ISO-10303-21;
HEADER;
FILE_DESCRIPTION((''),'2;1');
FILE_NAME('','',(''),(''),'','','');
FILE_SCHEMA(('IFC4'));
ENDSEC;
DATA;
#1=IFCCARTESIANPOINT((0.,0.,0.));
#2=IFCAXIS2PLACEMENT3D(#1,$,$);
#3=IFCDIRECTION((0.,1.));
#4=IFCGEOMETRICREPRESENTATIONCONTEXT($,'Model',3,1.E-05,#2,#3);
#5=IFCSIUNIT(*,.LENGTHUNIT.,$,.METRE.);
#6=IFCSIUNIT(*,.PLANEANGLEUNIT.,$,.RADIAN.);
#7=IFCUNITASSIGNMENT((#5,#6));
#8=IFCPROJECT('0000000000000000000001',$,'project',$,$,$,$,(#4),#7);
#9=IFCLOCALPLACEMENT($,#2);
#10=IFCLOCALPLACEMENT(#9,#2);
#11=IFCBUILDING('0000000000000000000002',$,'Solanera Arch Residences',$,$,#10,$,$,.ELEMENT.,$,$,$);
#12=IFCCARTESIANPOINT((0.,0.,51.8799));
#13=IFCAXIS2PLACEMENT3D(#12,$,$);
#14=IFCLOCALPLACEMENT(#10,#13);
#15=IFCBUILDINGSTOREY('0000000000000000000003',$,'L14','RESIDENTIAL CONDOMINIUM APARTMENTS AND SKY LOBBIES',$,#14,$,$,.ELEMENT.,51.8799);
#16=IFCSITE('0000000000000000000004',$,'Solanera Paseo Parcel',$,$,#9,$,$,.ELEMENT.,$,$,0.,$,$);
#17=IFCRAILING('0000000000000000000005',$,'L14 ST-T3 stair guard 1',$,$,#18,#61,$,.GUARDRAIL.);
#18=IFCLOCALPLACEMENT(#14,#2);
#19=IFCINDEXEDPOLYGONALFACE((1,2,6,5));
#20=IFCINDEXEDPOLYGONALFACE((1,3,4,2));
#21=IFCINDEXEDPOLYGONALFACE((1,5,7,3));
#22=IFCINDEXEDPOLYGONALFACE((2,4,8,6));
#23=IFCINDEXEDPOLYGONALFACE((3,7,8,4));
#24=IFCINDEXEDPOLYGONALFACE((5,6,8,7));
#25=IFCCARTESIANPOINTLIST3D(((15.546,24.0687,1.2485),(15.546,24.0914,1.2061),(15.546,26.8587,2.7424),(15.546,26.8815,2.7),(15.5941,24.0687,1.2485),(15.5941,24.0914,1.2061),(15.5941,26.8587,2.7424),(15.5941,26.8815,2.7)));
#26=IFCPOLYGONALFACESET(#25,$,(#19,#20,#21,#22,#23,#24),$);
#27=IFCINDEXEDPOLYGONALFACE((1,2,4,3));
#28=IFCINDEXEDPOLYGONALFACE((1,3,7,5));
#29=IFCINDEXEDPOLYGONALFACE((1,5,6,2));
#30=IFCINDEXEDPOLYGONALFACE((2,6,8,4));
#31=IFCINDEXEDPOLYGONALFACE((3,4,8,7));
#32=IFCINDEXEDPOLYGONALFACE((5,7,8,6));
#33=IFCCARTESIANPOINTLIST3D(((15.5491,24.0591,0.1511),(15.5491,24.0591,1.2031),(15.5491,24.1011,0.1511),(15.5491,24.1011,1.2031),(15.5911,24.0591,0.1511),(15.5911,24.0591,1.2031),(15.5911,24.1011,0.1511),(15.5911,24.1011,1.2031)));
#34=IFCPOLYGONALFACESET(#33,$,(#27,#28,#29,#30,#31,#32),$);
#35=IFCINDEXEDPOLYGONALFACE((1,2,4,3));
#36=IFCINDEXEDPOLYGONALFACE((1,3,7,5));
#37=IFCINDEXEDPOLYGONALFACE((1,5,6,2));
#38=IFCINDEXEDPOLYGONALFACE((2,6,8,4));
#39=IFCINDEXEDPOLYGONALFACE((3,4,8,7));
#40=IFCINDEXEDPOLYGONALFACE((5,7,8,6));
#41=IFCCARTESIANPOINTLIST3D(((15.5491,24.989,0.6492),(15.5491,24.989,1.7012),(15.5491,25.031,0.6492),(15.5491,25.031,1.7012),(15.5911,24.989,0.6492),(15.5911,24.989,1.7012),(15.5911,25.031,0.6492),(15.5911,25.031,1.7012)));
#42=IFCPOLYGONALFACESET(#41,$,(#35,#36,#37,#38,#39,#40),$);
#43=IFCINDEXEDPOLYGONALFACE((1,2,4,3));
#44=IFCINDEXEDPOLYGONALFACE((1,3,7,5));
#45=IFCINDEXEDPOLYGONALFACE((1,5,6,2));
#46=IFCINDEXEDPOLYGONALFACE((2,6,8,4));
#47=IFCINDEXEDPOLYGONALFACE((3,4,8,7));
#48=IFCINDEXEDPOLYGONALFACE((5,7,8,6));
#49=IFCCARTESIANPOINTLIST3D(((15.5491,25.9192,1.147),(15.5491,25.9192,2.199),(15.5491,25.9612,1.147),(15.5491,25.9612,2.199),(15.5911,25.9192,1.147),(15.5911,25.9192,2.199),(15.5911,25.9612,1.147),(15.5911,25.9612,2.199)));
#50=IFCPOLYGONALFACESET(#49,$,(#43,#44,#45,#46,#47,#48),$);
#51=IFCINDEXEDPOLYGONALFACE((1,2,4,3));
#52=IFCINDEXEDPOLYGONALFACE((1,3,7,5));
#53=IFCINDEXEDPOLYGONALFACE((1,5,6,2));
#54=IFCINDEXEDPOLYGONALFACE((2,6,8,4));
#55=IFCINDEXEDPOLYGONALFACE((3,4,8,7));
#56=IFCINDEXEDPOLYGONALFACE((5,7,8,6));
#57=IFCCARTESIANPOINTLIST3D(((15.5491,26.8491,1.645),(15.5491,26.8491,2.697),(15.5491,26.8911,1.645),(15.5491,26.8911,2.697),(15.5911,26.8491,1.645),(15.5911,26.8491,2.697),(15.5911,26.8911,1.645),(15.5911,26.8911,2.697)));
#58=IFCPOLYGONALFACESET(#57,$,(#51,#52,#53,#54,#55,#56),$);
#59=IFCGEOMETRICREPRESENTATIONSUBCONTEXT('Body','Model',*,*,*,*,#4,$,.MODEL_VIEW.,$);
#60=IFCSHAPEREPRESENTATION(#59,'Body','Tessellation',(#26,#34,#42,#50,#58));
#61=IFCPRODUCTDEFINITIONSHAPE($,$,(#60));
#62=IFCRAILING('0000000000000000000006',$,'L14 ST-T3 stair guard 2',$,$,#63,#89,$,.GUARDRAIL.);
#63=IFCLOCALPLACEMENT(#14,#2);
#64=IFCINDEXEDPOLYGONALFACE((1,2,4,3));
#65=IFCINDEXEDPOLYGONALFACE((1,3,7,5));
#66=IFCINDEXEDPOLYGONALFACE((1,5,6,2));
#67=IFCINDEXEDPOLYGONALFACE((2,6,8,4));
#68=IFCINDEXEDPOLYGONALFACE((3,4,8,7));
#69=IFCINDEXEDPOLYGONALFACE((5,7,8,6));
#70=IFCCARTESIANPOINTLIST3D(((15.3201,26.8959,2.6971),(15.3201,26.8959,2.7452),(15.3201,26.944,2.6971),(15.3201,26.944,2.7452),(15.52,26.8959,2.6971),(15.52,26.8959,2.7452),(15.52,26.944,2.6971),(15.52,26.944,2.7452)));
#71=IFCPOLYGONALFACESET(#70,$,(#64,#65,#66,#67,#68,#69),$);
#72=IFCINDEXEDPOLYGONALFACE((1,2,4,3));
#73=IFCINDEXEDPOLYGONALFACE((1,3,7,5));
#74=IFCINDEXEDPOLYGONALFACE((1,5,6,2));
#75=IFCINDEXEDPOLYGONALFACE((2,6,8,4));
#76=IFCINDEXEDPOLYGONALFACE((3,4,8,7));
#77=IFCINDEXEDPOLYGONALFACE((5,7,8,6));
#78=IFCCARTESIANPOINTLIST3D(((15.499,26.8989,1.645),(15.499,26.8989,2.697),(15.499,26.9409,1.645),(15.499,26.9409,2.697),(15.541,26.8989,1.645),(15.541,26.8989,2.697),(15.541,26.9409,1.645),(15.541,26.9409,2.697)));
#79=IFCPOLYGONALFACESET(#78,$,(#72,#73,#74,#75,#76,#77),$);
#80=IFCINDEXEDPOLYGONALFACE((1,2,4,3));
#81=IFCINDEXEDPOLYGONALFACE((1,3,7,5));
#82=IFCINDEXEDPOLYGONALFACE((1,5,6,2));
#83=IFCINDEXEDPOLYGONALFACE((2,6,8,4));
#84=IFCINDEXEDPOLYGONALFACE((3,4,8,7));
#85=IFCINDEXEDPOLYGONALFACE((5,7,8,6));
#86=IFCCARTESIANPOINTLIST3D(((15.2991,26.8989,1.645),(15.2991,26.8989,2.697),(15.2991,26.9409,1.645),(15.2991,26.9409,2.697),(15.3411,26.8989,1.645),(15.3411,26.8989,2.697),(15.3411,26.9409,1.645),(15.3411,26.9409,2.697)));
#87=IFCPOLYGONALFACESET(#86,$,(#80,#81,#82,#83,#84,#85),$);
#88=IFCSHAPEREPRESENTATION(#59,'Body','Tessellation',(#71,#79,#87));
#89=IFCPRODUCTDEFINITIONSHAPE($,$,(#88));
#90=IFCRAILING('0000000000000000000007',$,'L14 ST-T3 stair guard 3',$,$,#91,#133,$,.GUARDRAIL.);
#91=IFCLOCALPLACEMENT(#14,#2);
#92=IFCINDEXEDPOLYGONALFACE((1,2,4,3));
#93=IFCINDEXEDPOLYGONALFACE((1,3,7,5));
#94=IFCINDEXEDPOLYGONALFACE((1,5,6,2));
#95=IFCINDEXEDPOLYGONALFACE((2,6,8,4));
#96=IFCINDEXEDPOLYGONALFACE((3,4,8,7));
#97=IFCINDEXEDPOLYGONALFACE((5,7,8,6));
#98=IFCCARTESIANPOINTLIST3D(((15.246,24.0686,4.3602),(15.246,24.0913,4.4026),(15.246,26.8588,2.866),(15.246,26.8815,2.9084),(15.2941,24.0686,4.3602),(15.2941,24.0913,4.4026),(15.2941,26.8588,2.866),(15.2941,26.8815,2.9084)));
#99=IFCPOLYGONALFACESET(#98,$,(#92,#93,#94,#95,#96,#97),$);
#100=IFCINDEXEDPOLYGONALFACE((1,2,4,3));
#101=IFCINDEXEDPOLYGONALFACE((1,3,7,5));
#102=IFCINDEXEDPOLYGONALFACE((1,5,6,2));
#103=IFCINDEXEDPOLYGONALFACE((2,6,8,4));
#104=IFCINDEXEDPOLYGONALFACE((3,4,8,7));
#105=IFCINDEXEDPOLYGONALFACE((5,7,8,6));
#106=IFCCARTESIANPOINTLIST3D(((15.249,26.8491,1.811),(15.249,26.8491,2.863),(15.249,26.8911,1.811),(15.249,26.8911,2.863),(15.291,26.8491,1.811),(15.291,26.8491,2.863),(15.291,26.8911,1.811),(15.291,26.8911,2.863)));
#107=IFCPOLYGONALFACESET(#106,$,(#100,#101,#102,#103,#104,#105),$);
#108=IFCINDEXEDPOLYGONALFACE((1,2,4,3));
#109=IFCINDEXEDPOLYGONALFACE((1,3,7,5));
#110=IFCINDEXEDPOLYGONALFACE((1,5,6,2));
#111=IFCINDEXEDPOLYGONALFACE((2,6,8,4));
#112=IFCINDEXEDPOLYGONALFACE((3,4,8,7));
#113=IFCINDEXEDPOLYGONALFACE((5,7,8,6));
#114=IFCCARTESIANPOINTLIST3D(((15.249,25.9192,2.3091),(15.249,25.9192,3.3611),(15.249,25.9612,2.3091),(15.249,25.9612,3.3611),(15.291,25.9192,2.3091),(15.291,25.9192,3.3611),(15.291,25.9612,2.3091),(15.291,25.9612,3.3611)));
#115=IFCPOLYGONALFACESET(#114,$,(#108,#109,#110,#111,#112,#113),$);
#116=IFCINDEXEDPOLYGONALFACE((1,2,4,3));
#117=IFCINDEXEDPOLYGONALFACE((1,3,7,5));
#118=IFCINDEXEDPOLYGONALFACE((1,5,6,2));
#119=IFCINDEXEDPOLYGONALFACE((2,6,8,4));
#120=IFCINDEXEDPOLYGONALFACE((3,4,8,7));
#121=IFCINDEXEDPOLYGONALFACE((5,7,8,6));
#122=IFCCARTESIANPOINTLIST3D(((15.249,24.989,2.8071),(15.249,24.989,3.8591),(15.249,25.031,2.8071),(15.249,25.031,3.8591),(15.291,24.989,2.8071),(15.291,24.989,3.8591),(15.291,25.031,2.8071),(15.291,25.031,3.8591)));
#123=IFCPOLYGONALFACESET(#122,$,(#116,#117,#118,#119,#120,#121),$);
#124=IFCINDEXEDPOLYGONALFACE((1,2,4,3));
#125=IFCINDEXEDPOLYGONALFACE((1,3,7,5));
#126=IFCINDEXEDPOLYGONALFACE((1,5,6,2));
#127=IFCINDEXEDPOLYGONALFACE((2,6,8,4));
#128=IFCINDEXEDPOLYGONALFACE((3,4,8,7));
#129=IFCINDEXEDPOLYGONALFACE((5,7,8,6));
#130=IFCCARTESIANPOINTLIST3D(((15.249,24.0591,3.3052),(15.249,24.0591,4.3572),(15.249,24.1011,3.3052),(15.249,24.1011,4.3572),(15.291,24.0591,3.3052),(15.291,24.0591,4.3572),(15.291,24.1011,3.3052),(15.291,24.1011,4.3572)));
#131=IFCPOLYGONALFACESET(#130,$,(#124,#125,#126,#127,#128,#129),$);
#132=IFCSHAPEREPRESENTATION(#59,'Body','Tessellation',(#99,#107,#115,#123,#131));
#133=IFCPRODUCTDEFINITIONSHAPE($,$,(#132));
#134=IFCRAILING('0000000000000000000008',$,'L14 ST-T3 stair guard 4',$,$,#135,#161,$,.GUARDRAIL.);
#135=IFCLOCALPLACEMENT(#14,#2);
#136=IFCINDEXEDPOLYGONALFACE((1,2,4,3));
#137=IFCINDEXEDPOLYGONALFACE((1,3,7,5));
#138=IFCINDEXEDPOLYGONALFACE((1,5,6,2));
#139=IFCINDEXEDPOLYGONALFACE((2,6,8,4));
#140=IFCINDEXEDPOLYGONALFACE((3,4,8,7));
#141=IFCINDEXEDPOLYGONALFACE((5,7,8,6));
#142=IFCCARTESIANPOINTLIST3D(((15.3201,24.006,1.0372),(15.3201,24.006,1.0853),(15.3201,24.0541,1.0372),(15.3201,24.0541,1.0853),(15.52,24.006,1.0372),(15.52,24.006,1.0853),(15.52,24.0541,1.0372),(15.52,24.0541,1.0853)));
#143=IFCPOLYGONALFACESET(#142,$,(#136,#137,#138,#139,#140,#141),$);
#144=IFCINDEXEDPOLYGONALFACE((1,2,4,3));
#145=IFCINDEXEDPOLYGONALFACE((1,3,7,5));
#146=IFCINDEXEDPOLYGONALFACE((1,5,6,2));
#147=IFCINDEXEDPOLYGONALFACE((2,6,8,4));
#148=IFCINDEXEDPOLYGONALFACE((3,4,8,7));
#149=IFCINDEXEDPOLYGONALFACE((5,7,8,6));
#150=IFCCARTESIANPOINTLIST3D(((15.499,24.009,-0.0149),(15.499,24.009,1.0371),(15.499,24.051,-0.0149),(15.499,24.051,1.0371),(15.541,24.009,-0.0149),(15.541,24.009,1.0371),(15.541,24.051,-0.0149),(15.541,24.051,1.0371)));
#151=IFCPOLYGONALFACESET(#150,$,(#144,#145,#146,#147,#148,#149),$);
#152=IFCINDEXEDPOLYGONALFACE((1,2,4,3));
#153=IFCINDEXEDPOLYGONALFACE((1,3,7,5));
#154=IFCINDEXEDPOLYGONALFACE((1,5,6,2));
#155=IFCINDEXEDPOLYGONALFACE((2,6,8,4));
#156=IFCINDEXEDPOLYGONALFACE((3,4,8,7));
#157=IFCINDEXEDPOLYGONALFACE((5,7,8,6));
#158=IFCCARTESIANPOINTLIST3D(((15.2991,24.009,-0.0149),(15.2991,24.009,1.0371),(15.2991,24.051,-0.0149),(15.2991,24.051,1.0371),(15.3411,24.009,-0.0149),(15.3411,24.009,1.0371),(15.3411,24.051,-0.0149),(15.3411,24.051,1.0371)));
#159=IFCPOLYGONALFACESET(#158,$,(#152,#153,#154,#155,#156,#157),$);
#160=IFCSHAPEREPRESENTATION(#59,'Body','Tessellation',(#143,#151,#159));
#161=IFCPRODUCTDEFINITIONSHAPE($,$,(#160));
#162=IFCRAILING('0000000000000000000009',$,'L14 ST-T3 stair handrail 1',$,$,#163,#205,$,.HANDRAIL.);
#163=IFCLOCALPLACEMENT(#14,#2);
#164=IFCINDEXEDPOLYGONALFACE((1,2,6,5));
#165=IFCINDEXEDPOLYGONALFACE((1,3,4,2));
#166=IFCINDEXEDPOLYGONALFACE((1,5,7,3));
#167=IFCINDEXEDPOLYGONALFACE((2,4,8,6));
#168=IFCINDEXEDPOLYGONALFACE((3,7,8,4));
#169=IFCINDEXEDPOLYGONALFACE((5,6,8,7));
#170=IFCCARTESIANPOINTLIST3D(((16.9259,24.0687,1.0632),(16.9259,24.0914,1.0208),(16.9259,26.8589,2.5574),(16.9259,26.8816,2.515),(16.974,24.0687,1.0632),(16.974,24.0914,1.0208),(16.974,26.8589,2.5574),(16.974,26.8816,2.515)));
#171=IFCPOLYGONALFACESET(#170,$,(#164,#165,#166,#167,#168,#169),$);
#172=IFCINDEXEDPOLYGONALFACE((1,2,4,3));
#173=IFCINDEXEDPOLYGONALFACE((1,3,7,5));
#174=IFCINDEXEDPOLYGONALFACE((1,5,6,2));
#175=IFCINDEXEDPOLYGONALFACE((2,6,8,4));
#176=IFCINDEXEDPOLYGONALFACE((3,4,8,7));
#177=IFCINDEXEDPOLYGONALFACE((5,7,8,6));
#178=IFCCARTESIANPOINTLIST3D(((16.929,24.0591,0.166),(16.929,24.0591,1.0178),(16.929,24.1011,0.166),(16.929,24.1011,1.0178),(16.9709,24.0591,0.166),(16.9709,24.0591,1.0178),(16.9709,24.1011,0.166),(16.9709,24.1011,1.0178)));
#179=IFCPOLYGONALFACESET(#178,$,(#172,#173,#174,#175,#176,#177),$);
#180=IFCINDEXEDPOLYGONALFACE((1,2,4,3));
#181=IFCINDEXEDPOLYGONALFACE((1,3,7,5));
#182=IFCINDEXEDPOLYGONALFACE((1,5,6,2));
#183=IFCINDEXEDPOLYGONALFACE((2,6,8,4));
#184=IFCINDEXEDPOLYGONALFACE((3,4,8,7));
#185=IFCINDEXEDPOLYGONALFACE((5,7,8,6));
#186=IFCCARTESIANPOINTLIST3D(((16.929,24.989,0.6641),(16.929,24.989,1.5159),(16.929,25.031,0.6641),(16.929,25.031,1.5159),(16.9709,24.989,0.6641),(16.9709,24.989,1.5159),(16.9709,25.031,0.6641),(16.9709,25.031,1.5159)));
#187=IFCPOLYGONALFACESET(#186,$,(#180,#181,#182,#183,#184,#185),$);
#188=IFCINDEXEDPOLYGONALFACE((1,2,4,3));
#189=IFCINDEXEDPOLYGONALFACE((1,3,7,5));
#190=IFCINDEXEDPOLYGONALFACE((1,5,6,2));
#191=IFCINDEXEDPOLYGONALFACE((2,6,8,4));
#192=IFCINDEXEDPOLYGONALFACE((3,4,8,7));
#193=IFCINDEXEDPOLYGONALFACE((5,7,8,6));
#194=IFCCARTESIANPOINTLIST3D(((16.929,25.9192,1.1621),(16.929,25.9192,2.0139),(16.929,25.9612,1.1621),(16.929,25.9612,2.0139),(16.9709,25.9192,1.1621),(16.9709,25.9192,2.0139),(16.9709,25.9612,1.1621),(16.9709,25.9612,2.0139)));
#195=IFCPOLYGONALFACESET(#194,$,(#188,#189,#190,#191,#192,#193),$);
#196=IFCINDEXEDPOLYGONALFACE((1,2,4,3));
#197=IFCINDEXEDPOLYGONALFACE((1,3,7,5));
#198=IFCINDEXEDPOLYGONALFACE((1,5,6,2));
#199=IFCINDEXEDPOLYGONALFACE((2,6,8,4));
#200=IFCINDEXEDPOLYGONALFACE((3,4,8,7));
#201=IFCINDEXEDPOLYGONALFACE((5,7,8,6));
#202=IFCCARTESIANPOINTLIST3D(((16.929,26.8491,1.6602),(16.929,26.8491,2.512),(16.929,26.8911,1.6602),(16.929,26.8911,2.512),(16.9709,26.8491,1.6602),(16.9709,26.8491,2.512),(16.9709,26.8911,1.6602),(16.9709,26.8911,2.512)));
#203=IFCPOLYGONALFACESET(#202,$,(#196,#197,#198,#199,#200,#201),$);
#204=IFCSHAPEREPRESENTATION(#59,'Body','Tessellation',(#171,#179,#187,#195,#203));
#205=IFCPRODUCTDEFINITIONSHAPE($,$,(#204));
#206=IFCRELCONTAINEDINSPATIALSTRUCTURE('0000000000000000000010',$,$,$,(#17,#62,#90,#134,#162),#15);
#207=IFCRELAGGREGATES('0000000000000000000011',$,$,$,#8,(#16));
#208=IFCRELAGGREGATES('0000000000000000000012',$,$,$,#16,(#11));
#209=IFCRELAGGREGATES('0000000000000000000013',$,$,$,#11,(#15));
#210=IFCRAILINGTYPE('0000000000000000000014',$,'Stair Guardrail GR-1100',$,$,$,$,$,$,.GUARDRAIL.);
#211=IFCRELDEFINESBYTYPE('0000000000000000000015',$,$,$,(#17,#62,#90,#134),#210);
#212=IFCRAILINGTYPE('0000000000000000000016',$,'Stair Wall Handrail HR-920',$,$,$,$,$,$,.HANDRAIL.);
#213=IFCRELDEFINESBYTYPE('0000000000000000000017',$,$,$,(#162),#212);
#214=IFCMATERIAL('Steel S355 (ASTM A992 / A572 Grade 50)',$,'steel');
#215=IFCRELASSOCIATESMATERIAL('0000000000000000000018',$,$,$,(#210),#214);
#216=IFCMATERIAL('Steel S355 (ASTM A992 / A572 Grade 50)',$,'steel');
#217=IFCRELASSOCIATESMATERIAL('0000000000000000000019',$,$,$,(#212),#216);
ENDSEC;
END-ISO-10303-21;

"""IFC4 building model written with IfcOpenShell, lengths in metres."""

from ifc_helpers import new_model, si_unit, direction, frame, origin, origin_2d, place, context, subcontext, project, spatial, rectangle, extrude, material, type_object, element, save


model = new_model("IFC4")

# Units and contexts
model_context = context("Model", 3, precision=1e-05, world=origin(), true_north=direction((0.0, 1.0)))
body_context = subcontext(model_context, "Body", "Model", "MODEL_VIEW")
ifc_project = project(units=[si_unit("LENGTHUNIT", "METRE"), si_unit("PLANEANGLEUNIT", "RADIAN")], contexts=[model_context])

# Site, building, storey
site_placement = place(None, origin())
site = spatial("IfcSite", under=ifc_project, at=site_placement, Name="Solanera Paseo Parcel", CompositionType="ELEMENT", RefElevation=0.0)
building_placement = place(site_placement, origin())
building = spatial("IfcBuilding", under=site, at=building_placement, Name="Solanera Arch Residences", CompositionType="ELEMENT")
storey_placement = place(building_placement, frame((0.0, 0.0, 51.8799)))
storey = spatial("IfcBuildingStorey", under=building, at=storey_placement, Name="L14", Description="RESIDENTIAL CONDOMINIUM APARTMENTS AND SKY LOBBIES", CompositionType="ELEMENT", Elevation=51.8799)

# Railings
ifc_material_1 = material(Name="Steel S355 (ASTM A992 / A572 Grade 50)", Category="steel")
railing_type_1 = type_object("IfcRailingType", Name="Stair Guardrail GR-1100", PredefinedType="GUARDRAIL", material=ifc_material_1)
railing_1_placement = place(storey_placement, frame((15.5701, 24.0801, 0.1511)))
element("IfcRailing", 1, at=railing_1_placement, inside=storey, type_object=railing_type_1, Name="L14 ST-T3 stair guard 1", PredefinedType="GUARDRAIL", context=body_context, shape_type="SweptSolid", body=[
    extrude(rectangle(XDim=0.0481, YDim=0.0481, at=origin_2d()), frame((0.0, 0.0, 1.0762), z_axis=(0.0, 0.881581, 0.472033), x_axis=(-1.0, 0.0, 0.0)), (0.0, 0.0, 1.0), 3.1648),
    extrude(rectangle(XDim=0.042, YDim=0.042, at=origin_2d()), origin(), (0.0, 0.0, 1.0), 1.052),
    extrude(rectangle(XDim=0.042, YDim=0.042, at=origin_2d()), frame((0.0, 0.9299, 0.498)), (0.0, 0.0, 1.0), 1.052),
    extrude(rectangle(XDim=0.042, YDim=0.042, at=origin_2d()), frame((0.0, 1.8601, 0.9958)), (0.0, 0.0, 1.0), 1.052),
    extrude(rectangle(XDim=0.042, YDim=0.042, at=origin_2d()), frame((0.0, 2.79, 1.4939)), (0.0, 0.0, 1.0), 1.052),
])
railing_2_placement = place(storey_placement, frame((15.52, 26.9199, 1.645)))
element("IfcRailing", 2, at=railing_2_placement, inside=storey, type_object=railing_type_1, Name="L14 ST-T3 stair guard 2", PredefinedType="GUARDRAIL", context=body_context, shape_type="SweptSolid", body=[
    extrude(rectangle(XDim=0.0481, YDim=0.0481, at=origin_2d()), frame((0.0, 0.0, 1.0762), z_axis=(-1.0, 0.0, 0.0), x_axis=(0.0, -1.0, 0.0)), (0.0, 0.0, 1.0), 0.2),
    extrude(rectangle(XDim=0.042, YDim=0.042, at=origin_2d()), origin(), (0.0, 0.0, 1.0), 1.052),
    extrude(rectangle(XDim=0.042, YDim=0.042, at=origin_2d()), frame((-0.2, 0.0, 0.0)), (0.0, 0.0, 1.0), 1.052),
])
railing_3_placement = place(storey_placement, frame((15.27, 26.8701, 1.811)))
element("IfcRailing", 3, at=railing_3_placement, inside=storey, type_object=railing_type_1, Name="L14 ST-T3 stair guard 3", PredefinedType="GUARDRAIL", context=body_context, shape_type="SweptSolid", body=[
    extrude(rectangle(XDim=0.0481, YDim=0.0481, at=origin_2d()), frame((0.0, 0.0, 1.0762), z_axis=(0.0, -0.881549, 0.472093), x_axis=(1.0, 0.0, 0.0)), (0.0, 0.0, 1.0), 3.165),
    extrude(rectangle(XDim=0.042, YDim=0.042, at=origin_2d()), origin(), (0.0, 0.0, 1.0), 1.052),
    extrude(rectangle(XDim=0.042, YDim=0.042, at=origin_2d()), frame((0.0, -0.9299, 0.498)), (0.0, 0.0, 1.0), 1.052),
    extrude(rectangle(XDim=0.042, YDim=0.042, at=origin_2d()), frame((0.0, -1.8601, 0.9961)), (0.0, 0.0, 1.0), 1.052),
    extrude(rectangle(XDim=0.042, YDim=0.042, at=origin_2d()), frame((0.0, -2.79, 1.4941)), (0.0, 0.0, 1.0), 1.052),
])
railing_4_placement = place(storey_placement, frame((15.52, 24.03, -0.0149)))
element("IfcRailing", 4, at=railing_4_placement, inside=storey, type_object=railing_type_1, Name="L14 ST-T3 stair guard 4", PredefinedType="GUARDRAIL", context=body_context, shape_type="SweptSolid", body=[
    extrude(rectangle(XDim=0.0481, YDim=0.0481, at=origin_2d()), frame((0.0, 0.0, 1.0762), z_axis=(-1.0, 0.0, 0.0), x_axis=(0.0, -1.0, 0.0)), (0.0, 0.0, 1.0), 0.2),
    extrude(rectangle(XDim=0.042, YDim=0.042, at=origin_2d()), origin(), (0.0, 0.0, 1.0), 1.052),
    extrude(rectangle(XDim=0.042, YDim=0.042, at=origin_2d()), frame((-0.2, 0.0, 0.0)), (0.0, 0.0, 1.0), 1.052),
])
ifc_material_2 = material(Name="Steel S355 (ASTM A992 / A572 Grade 50)", Category="steel")
railing_type_2 = type_object("IfcRailingType", Name="Stair Wall Handrail HR-920", PredefinedType="HANDRAIL", material=ifc_material_2)
railing_5_placement = place(storey_placement, frame((16.95, 24.0801, 0.166)))
element("IfcRailing", 5, at=railing_5_placement, inside=storey, type_object=railing_type_2, Name="L14 ST-T3 stair handrail 1", PredefinedType="HANDRAIL", context=body_context, shape_type="SweptSolid", body=[
    extrude(rectangle(XDim=0.0481, YDim=0.0481, at=origin_2d()), frame((0.0, 0.0, 0.876), z_axis=(0.0, 0.881549, 0.472093), x_axis=(-1.0, 0.0, 0.0)), (0.0, 0.0, 1.0), 3.165),
    extrude(rectangle(XDim=0.042, YDim=0.042, at=origin_2d()), origin(), (0.0, 0.0, 1.0), 0.8518),
    extrude(rectangle(XDim=0.042, YDim=0.042, at=origin_2d()), frame((0.0, 0.9299, 0.498)), (0.0, 0.0, 1.0), 0.8518),
    extrude(rectangle(XDim=0.042, YDim=0.042, at=origin_2d()), frame((0.0, 1.8601, 0.9961)), (0.0, 0.0, 1.0), 0.8518),
    extrude(rectangle(XDim=0.042, YDim=0.042, at=origin_2d()), frame((0.0, 2.79, 1.4941)), (0.0, 0.0, 1.0), 0.8518),
])

save(model, "model.ifc")
